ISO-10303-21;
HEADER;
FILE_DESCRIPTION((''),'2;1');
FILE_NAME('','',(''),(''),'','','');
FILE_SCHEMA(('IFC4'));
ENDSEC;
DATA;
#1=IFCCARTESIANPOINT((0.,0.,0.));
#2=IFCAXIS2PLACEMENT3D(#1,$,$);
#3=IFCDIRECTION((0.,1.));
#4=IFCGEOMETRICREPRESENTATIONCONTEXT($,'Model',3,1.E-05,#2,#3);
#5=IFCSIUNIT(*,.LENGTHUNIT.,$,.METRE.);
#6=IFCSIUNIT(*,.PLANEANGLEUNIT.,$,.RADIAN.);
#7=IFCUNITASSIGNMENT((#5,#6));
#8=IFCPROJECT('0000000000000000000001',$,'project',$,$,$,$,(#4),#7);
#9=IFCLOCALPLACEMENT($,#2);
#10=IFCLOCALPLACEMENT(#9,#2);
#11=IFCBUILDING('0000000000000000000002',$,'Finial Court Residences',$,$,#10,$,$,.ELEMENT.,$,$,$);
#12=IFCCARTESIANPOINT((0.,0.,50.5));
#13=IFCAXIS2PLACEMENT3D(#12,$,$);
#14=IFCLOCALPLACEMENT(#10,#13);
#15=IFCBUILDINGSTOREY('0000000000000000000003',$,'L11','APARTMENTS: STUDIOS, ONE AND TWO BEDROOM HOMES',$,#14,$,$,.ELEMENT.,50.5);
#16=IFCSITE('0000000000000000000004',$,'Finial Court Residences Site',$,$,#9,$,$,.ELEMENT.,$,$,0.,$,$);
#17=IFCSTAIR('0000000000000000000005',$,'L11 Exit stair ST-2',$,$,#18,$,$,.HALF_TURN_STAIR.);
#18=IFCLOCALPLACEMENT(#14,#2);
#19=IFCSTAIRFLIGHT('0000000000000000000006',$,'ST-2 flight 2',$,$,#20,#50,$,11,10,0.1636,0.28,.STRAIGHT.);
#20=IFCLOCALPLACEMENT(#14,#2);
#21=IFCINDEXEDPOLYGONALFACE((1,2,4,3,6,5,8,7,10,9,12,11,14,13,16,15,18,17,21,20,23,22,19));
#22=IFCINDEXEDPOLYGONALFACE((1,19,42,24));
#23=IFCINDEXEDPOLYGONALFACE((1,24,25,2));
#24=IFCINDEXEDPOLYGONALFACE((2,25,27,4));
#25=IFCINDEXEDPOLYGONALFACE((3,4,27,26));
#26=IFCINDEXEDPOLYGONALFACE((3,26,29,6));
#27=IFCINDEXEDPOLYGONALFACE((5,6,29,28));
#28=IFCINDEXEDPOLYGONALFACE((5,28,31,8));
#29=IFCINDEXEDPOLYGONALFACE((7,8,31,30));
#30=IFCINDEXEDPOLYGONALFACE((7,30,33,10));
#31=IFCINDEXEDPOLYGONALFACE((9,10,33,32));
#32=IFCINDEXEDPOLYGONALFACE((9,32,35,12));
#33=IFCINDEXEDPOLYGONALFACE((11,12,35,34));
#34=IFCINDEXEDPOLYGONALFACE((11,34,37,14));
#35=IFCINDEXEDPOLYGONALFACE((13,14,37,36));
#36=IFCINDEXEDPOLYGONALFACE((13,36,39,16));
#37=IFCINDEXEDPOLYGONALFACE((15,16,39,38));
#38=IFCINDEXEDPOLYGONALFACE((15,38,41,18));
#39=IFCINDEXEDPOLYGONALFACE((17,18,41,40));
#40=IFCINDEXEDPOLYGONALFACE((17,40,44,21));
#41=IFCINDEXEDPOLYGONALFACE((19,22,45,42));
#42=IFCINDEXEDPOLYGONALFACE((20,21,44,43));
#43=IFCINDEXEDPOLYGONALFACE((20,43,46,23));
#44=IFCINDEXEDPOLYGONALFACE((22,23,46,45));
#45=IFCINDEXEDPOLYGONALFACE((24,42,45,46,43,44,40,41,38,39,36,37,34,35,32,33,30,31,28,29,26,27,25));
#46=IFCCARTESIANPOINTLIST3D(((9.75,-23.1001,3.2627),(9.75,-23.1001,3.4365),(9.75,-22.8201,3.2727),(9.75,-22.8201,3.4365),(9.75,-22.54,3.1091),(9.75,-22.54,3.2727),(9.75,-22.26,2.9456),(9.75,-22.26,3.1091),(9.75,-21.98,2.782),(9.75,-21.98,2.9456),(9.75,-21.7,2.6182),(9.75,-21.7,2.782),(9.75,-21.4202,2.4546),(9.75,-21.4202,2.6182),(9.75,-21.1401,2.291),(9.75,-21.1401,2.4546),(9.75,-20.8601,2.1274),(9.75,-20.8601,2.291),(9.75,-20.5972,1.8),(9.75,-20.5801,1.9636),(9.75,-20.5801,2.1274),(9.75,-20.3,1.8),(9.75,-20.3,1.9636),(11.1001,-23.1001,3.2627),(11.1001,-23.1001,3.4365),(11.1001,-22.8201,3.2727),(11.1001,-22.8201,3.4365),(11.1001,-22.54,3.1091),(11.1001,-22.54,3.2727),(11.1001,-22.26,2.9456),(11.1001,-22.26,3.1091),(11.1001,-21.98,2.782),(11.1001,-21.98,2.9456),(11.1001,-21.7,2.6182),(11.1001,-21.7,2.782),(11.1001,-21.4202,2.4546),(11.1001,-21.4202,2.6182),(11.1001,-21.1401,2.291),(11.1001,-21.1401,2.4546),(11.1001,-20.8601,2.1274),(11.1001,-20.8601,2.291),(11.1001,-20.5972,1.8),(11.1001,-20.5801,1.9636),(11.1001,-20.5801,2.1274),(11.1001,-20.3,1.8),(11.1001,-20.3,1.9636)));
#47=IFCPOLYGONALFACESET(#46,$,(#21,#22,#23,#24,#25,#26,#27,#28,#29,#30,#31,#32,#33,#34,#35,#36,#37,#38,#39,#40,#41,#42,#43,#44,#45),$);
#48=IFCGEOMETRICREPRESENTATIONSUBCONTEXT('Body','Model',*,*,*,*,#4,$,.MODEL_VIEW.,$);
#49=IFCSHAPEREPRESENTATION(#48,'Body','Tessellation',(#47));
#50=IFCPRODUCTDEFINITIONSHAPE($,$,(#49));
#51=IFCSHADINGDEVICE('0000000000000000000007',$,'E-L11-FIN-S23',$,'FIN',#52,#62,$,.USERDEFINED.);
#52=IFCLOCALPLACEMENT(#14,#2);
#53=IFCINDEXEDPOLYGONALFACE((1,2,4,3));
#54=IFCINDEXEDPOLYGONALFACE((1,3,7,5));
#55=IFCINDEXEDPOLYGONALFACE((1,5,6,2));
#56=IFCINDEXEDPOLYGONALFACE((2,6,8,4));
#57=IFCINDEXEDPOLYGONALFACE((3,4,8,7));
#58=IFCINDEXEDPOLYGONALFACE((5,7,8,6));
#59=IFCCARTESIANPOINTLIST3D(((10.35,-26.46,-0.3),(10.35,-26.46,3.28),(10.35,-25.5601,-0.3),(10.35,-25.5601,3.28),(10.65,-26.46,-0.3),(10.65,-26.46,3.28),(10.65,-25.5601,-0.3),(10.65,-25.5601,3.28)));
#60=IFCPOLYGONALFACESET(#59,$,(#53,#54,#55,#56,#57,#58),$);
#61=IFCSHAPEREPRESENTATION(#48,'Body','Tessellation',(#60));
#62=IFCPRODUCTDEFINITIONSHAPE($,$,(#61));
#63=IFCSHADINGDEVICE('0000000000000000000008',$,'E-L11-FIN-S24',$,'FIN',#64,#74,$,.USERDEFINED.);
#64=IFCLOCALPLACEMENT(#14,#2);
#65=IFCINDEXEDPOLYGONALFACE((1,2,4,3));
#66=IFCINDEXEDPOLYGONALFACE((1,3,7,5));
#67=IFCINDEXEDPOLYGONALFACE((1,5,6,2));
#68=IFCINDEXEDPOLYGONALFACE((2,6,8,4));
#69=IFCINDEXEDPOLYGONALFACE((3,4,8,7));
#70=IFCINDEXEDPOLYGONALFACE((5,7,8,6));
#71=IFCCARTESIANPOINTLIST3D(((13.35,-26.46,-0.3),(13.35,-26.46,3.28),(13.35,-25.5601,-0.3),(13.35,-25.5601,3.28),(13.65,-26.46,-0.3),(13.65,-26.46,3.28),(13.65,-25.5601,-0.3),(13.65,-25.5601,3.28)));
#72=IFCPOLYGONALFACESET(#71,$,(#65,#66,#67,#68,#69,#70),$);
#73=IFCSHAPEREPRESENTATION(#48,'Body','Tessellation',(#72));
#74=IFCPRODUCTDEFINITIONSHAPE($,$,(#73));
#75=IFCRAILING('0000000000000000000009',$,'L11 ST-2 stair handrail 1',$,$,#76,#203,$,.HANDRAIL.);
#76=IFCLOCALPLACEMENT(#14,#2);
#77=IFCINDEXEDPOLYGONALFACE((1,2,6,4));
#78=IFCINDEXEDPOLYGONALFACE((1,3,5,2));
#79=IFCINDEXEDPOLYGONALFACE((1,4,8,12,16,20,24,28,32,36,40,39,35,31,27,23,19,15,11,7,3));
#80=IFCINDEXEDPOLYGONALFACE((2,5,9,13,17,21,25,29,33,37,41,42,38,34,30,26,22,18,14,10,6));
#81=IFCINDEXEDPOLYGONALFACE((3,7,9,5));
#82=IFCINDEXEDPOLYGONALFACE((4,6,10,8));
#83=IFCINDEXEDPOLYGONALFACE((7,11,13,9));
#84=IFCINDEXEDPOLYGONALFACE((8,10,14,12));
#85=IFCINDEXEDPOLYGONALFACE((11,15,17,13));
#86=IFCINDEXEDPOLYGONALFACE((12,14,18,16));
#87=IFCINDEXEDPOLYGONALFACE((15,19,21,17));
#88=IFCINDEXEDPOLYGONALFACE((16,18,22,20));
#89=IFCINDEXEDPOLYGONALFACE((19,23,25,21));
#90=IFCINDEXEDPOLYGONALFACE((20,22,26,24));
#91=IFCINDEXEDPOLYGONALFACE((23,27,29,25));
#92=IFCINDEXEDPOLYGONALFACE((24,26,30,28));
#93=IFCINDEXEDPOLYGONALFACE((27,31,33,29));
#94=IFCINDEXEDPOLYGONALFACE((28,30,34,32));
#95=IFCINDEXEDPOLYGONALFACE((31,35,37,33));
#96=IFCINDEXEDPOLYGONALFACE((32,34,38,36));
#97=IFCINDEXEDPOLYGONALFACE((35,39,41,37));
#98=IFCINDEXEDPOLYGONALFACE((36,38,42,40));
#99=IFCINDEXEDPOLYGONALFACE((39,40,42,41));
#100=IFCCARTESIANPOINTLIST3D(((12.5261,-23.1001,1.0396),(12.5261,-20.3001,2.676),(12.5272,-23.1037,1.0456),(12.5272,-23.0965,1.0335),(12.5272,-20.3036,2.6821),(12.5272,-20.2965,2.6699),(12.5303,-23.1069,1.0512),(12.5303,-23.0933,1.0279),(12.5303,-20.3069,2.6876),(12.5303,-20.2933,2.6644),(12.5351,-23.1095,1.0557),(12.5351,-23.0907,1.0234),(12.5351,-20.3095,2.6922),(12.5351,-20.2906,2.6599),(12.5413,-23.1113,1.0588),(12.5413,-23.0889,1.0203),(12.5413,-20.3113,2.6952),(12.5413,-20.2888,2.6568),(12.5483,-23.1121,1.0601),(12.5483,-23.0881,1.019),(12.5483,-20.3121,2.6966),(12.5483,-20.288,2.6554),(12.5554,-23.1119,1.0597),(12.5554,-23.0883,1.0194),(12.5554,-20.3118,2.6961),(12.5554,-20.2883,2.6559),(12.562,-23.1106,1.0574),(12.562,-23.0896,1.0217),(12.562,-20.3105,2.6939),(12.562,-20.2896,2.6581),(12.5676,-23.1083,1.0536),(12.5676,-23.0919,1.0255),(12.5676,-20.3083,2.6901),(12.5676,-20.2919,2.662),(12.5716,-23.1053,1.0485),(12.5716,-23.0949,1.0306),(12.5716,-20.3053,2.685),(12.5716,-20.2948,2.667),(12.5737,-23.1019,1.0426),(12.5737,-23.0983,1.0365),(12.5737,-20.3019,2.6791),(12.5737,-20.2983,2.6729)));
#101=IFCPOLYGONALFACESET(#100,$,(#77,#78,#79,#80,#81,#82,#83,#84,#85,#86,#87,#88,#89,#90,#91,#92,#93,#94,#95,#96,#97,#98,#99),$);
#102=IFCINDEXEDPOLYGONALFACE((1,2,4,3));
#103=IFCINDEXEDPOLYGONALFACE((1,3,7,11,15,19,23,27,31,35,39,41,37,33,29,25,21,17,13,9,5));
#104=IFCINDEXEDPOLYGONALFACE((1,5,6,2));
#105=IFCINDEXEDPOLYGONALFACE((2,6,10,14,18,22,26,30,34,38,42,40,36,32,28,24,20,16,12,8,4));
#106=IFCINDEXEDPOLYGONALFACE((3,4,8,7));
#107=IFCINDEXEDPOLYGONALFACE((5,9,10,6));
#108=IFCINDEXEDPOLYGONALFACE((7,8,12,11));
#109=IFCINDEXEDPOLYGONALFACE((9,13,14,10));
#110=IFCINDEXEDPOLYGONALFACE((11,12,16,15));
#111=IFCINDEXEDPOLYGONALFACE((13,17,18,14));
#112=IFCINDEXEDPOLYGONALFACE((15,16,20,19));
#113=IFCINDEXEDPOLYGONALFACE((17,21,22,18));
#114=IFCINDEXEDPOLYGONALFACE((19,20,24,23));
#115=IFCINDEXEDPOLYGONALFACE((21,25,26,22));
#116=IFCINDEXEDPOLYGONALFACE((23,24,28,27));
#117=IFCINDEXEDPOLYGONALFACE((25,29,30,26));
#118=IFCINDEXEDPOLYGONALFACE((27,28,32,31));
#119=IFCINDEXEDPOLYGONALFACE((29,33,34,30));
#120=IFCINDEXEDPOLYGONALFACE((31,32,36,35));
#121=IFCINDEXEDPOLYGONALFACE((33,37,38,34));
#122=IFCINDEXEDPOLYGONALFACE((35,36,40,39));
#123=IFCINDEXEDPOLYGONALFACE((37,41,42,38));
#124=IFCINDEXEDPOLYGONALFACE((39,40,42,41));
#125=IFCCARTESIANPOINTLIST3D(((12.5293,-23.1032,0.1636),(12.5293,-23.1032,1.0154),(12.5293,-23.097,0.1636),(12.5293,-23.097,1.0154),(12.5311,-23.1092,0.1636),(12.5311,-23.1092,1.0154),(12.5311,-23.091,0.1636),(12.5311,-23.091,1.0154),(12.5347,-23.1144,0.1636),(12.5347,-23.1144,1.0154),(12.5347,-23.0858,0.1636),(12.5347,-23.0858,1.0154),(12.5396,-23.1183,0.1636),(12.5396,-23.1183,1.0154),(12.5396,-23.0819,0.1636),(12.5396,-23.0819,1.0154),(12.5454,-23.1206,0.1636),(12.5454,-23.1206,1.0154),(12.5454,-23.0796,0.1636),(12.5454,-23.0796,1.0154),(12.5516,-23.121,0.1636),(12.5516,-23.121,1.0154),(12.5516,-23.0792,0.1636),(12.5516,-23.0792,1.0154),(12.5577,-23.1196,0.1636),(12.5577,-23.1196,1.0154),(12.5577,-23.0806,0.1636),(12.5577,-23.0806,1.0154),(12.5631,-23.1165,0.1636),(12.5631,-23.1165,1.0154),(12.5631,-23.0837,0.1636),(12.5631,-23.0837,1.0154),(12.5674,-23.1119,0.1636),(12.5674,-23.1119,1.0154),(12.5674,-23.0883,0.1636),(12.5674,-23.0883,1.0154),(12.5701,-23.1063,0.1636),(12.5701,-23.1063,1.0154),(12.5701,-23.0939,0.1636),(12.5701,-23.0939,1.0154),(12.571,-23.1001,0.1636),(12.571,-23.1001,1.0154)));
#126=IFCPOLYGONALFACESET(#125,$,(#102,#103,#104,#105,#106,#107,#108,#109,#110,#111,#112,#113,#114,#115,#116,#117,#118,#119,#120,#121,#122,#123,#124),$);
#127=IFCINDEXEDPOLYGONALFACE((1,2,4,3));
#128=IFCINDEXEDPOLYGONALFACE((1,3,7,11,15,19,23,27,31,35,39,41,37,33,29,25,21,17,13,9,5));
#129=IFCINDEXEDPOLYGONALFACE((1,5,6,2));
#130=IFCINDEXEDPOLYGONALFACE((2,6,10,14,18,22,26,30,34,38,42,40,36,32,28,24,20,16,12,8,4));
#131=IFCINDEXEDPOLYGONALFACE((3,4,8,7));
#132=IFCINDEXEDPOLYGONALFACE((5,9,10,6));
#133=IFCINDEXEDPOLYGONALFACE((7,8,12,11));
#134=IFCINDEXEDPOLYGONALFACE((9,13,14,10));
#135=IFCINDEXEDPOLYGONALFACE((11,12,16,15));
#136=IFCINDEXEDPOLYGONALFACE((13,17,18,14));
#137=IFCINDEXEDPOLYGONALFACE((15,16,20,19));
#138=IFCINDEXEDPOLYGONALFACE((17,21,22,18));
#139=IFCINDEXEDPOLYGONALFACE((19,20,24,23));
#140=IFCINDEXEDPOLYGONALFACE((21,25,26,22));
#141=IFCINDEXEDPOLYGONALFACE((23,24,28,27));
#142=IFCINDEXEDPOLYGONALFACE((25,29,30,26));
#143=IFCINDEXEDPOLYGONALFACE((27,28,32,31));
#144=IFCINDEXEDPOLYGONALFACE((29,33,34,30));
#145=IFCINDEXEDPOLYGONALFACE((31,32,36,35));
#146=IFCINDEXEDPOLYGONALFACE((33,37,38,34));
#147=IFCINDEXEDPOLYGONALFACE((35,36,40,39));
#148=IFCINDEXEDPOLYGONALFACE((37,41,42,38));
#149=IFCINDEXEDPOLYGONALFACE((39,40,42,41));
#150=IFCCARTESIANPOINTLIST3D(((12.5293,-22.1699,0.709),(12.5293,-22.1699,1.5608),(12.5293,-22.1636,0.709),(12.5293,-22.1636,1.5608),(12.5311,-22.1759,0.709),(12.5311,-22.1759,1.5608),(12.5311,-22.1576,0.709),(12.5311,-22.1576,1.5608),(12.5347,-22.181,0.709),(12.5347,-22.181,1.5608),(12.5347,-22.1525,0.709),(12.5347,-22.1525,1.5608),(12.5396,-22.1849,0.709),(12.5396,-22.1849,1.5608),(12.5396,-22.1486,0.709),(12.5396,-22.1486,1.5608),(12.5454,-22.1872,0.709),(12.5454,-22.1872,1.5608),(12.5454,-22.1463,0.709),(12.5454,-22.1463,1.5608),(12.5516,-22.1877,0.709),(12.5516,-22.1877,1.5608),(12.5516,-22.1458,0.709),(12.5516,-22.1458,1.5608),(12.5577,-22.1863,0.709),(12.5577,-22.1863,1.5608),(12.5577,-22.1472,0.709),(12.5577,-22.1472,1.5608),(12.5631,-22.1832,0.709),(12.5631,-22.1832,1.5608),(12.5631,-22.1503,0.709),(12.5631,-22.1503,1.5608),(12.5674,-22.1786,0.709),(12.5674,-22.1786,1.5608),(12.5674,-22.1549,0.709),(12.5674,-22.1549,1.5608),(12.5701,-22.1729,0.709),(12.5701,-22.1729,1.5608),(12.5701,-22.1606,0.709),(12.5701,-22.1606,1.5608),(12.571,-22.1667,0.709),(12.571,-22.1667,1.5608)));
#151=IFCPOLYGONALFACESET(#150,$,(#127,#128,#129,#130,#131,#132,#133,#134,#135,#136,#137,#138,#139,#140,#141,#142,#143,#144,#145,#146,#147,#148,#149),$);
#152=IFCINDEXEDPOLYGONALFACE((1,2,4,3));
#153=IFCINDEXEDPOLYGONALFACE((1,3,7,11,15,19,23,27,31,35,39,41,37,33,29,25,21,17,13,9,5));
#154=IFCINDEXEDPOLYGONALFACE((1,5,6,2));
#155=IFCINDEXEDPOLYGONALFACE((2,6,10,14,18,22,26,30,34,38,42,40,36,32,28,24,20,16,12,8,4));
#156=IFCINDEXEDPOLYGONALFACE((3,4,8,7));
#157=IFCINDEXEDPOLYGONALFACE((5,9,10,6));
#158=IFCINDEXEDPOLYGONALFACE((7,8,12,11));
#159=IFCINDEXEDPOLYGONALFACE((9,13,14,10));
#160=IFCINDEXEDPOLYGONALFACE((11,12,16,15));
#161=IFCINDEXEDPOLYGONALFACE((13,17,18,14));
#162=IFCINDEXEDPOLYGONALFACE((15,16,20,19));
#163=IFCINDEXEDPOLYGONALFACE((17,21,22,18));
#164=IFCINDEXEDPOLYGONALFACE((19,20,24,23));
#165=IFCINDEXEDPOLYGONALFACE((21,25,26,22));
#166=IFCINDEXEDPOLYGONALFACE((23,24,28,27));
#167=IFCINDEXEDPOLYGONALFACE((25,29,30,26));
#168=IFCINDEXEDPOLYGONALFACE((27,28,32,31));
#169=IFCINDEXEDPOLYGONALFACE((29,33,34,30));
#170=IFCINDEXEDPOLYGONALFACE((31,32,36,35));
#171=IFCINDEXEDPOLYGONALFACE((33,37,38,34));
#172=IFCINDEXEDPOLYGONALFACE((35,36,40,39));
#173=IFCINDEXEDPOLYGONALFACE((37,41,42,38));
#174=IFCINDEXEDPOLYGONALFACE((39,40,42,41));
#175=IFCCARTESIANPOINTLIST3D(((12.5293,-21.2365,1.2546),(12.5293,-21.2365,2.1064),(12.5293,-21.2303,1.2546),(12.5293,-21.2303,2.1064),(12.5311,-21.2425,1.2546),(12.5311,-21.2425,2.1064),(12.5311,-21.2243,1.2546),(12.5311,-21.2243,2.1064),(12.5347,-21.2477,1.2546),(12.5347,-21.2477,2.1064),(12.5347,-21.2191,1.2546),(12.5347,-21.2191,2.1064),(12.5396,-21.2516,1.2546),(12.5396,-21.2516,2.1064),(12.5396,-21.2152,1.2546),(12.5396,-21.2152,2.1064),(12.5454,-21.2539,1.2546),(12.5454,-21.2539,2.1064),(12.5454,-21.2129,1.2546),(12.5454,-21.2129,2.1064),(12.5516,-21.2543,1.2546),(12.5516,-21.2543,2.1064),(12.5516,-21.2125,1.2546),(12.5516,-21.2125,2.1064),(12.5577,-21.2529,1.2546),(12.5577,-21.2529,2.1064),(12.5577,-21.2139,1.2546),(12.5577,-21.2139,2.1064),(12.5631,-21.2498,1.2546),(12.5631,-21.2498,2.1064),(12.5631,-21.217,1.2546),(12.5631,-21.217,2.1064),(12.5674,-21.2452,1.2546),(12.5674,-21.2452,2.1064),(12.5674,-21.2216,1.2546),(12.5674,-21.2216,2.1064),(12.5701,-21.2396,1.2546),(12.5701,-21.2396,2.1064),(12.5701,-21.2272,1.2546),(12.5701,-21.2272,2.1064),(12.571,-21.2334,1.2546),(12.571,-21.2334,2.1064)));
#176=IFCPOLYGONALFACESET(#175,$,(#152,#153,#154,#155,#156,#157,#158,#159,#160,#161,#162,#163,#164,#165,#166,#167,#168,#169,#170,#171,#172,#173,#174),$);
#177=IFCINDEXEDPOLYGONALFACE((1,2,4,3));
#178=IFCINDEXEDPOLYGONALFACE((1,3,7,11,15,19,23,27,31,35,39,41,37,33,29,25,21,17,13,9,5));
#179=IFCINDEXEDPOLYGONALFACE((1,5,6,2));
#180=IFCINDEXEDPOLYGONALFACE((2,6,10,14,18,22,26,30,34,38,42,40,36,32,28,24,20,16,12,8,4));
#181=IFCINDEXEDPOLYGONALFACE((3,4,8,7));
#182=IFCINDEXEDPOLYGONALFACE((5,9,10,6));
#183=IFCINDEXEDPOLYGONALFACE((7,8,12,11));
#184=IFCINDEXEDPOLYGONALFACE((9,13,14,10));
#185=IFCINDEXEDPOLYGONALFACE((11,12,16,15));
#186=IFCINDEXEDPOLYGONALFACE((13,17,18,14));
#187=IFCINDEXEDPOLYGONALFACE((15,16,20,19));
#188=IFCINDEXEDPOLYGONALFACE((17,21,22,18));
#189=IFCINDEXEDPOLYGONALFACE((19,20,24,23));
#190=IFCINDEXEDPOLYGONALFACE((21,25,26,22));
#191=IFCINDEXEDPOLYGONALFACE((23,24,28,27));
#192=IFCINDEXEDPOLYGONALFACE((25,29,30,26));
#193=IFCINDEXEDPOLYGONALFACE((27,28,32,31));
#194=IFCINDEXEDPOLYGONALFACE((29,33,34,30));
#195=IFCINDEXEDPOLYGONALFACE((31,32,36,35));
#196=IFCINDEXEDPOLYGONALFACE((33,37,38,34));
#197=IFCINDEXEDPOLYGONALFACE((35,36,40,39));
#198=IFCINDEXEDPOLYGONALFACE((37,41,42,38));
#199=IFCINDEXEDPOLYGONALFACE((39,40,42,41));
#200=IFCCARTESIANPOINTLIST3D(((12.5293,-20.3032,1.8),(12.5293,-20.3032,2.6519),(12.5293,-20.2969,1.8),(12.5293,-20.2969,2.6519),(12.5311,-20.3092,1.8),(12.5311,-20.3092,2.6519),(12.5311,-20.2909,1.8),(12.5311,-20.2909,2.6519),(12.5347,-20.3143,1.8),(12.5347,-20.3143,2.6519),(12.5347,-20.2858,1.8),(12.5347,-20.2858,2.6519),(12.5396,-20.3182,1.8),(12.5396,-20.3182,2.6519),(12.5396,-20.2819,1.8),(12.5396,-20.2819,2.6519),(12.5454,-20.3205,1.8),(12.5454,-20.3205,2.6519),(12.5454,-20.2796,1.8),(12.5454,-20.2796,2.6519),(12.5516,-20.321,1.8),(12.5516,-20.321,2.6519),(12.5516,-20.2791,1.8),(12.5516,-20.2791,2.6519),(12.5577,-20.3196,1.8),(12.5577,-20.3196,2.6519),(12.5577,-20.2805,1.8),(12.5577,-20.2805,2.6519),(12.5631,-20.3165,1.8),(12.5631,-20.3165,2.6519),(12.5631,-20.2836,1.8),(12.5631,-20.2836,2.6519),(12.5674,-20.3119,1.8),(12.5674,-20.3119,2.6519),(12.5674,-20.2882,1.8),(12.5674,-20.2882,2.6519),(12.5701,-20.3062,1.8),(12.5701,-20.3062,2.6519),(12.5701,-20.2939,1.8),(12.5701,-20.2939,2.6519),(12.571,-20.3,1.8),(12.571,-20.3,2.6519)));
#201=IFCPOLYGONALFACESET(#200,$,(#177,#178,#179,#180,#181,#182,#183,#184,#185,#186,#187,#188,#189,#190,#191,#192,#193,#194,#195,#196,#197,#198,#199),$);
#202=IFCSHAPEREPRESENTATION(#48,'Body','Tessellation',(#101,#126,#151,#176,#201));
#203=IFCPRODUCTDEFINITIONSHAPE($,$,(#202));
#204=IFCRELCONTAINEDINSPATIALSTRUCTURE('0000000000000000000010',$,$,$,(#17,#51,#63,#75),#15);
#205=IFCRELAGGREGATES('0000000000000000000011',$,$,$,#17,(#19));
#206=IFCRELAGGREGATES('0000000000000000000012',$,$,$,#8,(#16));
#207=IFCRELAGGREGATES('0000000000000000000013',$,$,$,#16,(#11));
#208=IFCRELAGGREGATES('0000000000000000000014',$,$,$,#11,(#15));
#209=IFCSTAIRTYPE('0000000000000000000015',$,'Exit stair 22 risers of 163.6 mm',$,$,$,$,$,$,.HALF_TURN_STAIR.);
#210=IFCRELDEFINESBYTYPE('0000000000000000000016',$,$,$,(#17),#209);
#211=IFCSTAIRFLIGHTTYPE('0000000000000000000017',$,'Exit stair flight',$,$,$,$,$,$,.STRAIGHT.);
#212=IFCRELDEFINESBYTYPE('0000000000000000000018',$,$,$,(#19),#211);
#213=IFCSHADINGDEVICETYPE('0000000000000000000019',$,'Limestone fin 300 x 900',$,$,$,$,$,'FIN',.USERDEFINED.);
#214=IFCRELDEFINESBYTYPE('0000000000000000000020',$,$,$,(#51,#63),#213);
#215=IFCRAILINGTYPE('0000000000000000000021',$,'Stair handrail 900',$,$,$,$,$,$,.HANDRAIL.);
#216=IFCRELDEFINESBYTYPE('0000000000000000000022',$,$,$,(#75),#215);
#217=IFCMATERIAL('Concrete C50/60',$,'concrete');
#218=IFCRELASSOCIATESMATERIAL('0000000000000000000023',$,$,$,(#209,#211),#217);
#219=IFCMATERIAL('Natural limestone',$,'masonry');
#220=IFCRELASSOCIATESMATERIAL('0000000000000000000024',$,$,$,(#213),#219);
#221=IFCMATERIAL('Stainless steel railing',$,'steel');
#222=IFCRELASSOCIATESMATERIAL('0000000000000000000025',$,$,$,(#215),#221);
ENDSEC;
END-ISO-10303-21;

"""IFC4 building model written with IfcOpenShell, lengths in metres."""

from ifc_helpers import new_model, si_unit, direction, frame, origin, origin_2d, place, context, subcontext, project, spatial, polyline, rectangle, circle, outline, extrude, material, type_object, element, aggregate, save


model = new_model("IFC4")

# Units and contexts
model_context = context("Model", 3, precision=1e-05, world=origin(), true_north=direction((0.0, 1.0)))
body_context = subcontext(model_context, "Body", "Model", "MODEL_VIEW")
ifc_project = project(units=[si_unit("LENGTHUNIT", "METRE"), si_unit("PLANEANGLEUNIT", "RADIAN")], contexts=[model_context])

# Site, building, storey
site_placement = place(None, origin())
site = spatial("IfcSite", under=ifc_project, at=site_placement, Name="Finial Court Residences Site", CompositionType="ELEMENT", RefElevation=0.0)
building_placement = place(site_placement, origin())
building = spatial("IfcBuilding", under=site, at=building_placement, Name="Finial Court Residences", CompositionType="ELEMENT")
storey_placement = place(building_placement, frame((0.0, 0.0, 50.5)))
storey = spatial("IfcBuildingStorey", under=building, at=storey_placement, Name="L11", Description="APARTMENTS: STUDIOS, ONE AND TWO BEDROOM HOMES", CompositionType="ELEMENT", Elevation=50.5)

# Stair, stair flight
ifc_material_1 = material(Name="Concrete C50/60", Category="concrete")
stair_type = type_object("IfcStairType", Name="Exit stair 22 risers of 163.6 mm", PredefinedType="HALF_TURN_STAIR", material=ifc_material_1)
stair_placement = place(storey_placement, origin())
stair = element("IfcStair", 1, at=stair_placement, inside=storey, type_object=stair_type, Name="L11 Exit stair ST-2", PredefinedType="HALF_TURN_STAIR")
stair_flight_type = type_object("IfcStairFlightType", Name="Exit stair flight", PredefinedType="STRAIGHT", material=ifc_material_1)
stair_flight_1_placement = place(storey_placement, frame((10.425, -20.3, 1.8), z_axis=(0.0, 0.0, 1.0), x_axis=(0.0, -1.0, 0.0)))
stair_flight_1 = element("IfcStairFlight", 2, at=stair_flight_1_placement, type_object=stair_flight_type, Name="ST-2 flight 2", NumberOfRisers=11, NumberOfTreads=10, PredefinedType="STRAIGHT", RiserHeight=0.1636, TreadLength=0.28, context=body_context, shape_type="SweptSolid", body=[
    extrude(outline(polyline([(0.0, 0.0), (0.0, 0.1636), (0.28, 0.1636), (0.28, 0.3274), (0.5601, 0.3274), (0.5601, 0.491), (0.8401, 0.491), (0.8401, 0.6545), (1.1201, 0.6545), (1.1201, 0.8181), (1.3999, 0.8181), (1.3999, 0.9819), (1.6799, 0.9819), (1.6799, 1.1455), (1.96, 1.1455), (1.96, 1.3091), (2.24, 1.3091), (2.24, 1.4727), (2.52, 1.4727), (2.52, 1.6365), (2.8, 1.6365), (2.8, 1.8), (2.8, 1.4626), (0.2971, 0.0), (0.0, 0.0)])), frame((0.0, 0.675, 0.0), z_axis=(0.0, -1.0, 0.0), x_axis=(1.0, 0.0, 0.0)), (0.0, 0.0, 1.0), 1.3501),
])
aggregate(stair, [stair_flight_1])

# Shading devices
ifc_material_2 = material(Name="Natural limestone", Category="masonry")
shading_device_type = type_object("IfcShadingDeviceType", Name="Limestone fin 300 x 900", ElementType="FIN", PredefinedType="USERDEFINED", material=ifc_material_2)
for number, where, z_axis, x_axis, name in (
    (3, (10.5, -26.01, -0.3), (0.0, 0.0, 1.0), (1.0, 0.0, 0.0), "E-L11-FIN-S23"),
    (4, (13.5, -26.01, -0.3), (0.0, 0.0, 1.0), (1.0, 0.0, 0.0), "E-L11-FIN-S24"),
):
    element("IfcShadingDevice", number, at=place(storey_placement, frame(where, z_axis=z_axis, x_axis=x_axis)), inside=storey, type_object=shading_device_type, Name=name, ObjectType="FIN", PredefinedType="USERDEFINED", context=body_context, shape_type="SweptSolid", body=[
        extrude(rectangle(XDim=0.3, YDim=0.8999, at=origin_2d()), origin(), (0.0, 0.0, 1.0), 3.5801),
    ])

# Railing
ifc_material_3 = material(Name="Stainless steel railing", Category="steel")
railing_type_1 = type_object("IfcRailingType", Name="Stair handrail 900", PredefinedType="HANDRAIL", material=ifc_material_3)
railing_1_placement = place(storey_placement, frame((12.55, -23.1001, 0.1636)))
element("IfcRailing", 5, at=railing_1_placement, inside=storey, type_object=railing_type_1, Name="L11 ST-2 stair handrail 1", PredefinedType="HANDRAIL", context=body_context, shape_type="SweptSolid", body=[
    extrude(circle(Radius=0.0239, at=origin_2d()), frame((0.0, 0.0, 0.876), z_axis=(0.0, 0.863361, 0.504587), x_axis=(-1.0, 0.0, 0.0)), (0.0, 0.0, 1.0), 3.2432),
    extrude(circle(Radius=0.021, at=origin_2d()), origin(), (0.0, 0.0, 1.0), 0.8518),
    extrude(circle(Radius=0.021, at=origin_2d()), frame((0.0, 0.9333, 0.5454)), (0.0, 0.0, 1.0), 0.8518),
    extrude(circle(Radius=0.021, at=origin_2d()), frame((0.0, 1.8667, 1.0911)), (0.0, 0.0, 1.0), 0.8518),
    extrude(circle(Radius=0.021, at=origin_2d()), frame((0.0, 2.8, 1.6365)), (0.0, 0.0, 1.0), 0.8518),
])

save(model, "model.ifc")
